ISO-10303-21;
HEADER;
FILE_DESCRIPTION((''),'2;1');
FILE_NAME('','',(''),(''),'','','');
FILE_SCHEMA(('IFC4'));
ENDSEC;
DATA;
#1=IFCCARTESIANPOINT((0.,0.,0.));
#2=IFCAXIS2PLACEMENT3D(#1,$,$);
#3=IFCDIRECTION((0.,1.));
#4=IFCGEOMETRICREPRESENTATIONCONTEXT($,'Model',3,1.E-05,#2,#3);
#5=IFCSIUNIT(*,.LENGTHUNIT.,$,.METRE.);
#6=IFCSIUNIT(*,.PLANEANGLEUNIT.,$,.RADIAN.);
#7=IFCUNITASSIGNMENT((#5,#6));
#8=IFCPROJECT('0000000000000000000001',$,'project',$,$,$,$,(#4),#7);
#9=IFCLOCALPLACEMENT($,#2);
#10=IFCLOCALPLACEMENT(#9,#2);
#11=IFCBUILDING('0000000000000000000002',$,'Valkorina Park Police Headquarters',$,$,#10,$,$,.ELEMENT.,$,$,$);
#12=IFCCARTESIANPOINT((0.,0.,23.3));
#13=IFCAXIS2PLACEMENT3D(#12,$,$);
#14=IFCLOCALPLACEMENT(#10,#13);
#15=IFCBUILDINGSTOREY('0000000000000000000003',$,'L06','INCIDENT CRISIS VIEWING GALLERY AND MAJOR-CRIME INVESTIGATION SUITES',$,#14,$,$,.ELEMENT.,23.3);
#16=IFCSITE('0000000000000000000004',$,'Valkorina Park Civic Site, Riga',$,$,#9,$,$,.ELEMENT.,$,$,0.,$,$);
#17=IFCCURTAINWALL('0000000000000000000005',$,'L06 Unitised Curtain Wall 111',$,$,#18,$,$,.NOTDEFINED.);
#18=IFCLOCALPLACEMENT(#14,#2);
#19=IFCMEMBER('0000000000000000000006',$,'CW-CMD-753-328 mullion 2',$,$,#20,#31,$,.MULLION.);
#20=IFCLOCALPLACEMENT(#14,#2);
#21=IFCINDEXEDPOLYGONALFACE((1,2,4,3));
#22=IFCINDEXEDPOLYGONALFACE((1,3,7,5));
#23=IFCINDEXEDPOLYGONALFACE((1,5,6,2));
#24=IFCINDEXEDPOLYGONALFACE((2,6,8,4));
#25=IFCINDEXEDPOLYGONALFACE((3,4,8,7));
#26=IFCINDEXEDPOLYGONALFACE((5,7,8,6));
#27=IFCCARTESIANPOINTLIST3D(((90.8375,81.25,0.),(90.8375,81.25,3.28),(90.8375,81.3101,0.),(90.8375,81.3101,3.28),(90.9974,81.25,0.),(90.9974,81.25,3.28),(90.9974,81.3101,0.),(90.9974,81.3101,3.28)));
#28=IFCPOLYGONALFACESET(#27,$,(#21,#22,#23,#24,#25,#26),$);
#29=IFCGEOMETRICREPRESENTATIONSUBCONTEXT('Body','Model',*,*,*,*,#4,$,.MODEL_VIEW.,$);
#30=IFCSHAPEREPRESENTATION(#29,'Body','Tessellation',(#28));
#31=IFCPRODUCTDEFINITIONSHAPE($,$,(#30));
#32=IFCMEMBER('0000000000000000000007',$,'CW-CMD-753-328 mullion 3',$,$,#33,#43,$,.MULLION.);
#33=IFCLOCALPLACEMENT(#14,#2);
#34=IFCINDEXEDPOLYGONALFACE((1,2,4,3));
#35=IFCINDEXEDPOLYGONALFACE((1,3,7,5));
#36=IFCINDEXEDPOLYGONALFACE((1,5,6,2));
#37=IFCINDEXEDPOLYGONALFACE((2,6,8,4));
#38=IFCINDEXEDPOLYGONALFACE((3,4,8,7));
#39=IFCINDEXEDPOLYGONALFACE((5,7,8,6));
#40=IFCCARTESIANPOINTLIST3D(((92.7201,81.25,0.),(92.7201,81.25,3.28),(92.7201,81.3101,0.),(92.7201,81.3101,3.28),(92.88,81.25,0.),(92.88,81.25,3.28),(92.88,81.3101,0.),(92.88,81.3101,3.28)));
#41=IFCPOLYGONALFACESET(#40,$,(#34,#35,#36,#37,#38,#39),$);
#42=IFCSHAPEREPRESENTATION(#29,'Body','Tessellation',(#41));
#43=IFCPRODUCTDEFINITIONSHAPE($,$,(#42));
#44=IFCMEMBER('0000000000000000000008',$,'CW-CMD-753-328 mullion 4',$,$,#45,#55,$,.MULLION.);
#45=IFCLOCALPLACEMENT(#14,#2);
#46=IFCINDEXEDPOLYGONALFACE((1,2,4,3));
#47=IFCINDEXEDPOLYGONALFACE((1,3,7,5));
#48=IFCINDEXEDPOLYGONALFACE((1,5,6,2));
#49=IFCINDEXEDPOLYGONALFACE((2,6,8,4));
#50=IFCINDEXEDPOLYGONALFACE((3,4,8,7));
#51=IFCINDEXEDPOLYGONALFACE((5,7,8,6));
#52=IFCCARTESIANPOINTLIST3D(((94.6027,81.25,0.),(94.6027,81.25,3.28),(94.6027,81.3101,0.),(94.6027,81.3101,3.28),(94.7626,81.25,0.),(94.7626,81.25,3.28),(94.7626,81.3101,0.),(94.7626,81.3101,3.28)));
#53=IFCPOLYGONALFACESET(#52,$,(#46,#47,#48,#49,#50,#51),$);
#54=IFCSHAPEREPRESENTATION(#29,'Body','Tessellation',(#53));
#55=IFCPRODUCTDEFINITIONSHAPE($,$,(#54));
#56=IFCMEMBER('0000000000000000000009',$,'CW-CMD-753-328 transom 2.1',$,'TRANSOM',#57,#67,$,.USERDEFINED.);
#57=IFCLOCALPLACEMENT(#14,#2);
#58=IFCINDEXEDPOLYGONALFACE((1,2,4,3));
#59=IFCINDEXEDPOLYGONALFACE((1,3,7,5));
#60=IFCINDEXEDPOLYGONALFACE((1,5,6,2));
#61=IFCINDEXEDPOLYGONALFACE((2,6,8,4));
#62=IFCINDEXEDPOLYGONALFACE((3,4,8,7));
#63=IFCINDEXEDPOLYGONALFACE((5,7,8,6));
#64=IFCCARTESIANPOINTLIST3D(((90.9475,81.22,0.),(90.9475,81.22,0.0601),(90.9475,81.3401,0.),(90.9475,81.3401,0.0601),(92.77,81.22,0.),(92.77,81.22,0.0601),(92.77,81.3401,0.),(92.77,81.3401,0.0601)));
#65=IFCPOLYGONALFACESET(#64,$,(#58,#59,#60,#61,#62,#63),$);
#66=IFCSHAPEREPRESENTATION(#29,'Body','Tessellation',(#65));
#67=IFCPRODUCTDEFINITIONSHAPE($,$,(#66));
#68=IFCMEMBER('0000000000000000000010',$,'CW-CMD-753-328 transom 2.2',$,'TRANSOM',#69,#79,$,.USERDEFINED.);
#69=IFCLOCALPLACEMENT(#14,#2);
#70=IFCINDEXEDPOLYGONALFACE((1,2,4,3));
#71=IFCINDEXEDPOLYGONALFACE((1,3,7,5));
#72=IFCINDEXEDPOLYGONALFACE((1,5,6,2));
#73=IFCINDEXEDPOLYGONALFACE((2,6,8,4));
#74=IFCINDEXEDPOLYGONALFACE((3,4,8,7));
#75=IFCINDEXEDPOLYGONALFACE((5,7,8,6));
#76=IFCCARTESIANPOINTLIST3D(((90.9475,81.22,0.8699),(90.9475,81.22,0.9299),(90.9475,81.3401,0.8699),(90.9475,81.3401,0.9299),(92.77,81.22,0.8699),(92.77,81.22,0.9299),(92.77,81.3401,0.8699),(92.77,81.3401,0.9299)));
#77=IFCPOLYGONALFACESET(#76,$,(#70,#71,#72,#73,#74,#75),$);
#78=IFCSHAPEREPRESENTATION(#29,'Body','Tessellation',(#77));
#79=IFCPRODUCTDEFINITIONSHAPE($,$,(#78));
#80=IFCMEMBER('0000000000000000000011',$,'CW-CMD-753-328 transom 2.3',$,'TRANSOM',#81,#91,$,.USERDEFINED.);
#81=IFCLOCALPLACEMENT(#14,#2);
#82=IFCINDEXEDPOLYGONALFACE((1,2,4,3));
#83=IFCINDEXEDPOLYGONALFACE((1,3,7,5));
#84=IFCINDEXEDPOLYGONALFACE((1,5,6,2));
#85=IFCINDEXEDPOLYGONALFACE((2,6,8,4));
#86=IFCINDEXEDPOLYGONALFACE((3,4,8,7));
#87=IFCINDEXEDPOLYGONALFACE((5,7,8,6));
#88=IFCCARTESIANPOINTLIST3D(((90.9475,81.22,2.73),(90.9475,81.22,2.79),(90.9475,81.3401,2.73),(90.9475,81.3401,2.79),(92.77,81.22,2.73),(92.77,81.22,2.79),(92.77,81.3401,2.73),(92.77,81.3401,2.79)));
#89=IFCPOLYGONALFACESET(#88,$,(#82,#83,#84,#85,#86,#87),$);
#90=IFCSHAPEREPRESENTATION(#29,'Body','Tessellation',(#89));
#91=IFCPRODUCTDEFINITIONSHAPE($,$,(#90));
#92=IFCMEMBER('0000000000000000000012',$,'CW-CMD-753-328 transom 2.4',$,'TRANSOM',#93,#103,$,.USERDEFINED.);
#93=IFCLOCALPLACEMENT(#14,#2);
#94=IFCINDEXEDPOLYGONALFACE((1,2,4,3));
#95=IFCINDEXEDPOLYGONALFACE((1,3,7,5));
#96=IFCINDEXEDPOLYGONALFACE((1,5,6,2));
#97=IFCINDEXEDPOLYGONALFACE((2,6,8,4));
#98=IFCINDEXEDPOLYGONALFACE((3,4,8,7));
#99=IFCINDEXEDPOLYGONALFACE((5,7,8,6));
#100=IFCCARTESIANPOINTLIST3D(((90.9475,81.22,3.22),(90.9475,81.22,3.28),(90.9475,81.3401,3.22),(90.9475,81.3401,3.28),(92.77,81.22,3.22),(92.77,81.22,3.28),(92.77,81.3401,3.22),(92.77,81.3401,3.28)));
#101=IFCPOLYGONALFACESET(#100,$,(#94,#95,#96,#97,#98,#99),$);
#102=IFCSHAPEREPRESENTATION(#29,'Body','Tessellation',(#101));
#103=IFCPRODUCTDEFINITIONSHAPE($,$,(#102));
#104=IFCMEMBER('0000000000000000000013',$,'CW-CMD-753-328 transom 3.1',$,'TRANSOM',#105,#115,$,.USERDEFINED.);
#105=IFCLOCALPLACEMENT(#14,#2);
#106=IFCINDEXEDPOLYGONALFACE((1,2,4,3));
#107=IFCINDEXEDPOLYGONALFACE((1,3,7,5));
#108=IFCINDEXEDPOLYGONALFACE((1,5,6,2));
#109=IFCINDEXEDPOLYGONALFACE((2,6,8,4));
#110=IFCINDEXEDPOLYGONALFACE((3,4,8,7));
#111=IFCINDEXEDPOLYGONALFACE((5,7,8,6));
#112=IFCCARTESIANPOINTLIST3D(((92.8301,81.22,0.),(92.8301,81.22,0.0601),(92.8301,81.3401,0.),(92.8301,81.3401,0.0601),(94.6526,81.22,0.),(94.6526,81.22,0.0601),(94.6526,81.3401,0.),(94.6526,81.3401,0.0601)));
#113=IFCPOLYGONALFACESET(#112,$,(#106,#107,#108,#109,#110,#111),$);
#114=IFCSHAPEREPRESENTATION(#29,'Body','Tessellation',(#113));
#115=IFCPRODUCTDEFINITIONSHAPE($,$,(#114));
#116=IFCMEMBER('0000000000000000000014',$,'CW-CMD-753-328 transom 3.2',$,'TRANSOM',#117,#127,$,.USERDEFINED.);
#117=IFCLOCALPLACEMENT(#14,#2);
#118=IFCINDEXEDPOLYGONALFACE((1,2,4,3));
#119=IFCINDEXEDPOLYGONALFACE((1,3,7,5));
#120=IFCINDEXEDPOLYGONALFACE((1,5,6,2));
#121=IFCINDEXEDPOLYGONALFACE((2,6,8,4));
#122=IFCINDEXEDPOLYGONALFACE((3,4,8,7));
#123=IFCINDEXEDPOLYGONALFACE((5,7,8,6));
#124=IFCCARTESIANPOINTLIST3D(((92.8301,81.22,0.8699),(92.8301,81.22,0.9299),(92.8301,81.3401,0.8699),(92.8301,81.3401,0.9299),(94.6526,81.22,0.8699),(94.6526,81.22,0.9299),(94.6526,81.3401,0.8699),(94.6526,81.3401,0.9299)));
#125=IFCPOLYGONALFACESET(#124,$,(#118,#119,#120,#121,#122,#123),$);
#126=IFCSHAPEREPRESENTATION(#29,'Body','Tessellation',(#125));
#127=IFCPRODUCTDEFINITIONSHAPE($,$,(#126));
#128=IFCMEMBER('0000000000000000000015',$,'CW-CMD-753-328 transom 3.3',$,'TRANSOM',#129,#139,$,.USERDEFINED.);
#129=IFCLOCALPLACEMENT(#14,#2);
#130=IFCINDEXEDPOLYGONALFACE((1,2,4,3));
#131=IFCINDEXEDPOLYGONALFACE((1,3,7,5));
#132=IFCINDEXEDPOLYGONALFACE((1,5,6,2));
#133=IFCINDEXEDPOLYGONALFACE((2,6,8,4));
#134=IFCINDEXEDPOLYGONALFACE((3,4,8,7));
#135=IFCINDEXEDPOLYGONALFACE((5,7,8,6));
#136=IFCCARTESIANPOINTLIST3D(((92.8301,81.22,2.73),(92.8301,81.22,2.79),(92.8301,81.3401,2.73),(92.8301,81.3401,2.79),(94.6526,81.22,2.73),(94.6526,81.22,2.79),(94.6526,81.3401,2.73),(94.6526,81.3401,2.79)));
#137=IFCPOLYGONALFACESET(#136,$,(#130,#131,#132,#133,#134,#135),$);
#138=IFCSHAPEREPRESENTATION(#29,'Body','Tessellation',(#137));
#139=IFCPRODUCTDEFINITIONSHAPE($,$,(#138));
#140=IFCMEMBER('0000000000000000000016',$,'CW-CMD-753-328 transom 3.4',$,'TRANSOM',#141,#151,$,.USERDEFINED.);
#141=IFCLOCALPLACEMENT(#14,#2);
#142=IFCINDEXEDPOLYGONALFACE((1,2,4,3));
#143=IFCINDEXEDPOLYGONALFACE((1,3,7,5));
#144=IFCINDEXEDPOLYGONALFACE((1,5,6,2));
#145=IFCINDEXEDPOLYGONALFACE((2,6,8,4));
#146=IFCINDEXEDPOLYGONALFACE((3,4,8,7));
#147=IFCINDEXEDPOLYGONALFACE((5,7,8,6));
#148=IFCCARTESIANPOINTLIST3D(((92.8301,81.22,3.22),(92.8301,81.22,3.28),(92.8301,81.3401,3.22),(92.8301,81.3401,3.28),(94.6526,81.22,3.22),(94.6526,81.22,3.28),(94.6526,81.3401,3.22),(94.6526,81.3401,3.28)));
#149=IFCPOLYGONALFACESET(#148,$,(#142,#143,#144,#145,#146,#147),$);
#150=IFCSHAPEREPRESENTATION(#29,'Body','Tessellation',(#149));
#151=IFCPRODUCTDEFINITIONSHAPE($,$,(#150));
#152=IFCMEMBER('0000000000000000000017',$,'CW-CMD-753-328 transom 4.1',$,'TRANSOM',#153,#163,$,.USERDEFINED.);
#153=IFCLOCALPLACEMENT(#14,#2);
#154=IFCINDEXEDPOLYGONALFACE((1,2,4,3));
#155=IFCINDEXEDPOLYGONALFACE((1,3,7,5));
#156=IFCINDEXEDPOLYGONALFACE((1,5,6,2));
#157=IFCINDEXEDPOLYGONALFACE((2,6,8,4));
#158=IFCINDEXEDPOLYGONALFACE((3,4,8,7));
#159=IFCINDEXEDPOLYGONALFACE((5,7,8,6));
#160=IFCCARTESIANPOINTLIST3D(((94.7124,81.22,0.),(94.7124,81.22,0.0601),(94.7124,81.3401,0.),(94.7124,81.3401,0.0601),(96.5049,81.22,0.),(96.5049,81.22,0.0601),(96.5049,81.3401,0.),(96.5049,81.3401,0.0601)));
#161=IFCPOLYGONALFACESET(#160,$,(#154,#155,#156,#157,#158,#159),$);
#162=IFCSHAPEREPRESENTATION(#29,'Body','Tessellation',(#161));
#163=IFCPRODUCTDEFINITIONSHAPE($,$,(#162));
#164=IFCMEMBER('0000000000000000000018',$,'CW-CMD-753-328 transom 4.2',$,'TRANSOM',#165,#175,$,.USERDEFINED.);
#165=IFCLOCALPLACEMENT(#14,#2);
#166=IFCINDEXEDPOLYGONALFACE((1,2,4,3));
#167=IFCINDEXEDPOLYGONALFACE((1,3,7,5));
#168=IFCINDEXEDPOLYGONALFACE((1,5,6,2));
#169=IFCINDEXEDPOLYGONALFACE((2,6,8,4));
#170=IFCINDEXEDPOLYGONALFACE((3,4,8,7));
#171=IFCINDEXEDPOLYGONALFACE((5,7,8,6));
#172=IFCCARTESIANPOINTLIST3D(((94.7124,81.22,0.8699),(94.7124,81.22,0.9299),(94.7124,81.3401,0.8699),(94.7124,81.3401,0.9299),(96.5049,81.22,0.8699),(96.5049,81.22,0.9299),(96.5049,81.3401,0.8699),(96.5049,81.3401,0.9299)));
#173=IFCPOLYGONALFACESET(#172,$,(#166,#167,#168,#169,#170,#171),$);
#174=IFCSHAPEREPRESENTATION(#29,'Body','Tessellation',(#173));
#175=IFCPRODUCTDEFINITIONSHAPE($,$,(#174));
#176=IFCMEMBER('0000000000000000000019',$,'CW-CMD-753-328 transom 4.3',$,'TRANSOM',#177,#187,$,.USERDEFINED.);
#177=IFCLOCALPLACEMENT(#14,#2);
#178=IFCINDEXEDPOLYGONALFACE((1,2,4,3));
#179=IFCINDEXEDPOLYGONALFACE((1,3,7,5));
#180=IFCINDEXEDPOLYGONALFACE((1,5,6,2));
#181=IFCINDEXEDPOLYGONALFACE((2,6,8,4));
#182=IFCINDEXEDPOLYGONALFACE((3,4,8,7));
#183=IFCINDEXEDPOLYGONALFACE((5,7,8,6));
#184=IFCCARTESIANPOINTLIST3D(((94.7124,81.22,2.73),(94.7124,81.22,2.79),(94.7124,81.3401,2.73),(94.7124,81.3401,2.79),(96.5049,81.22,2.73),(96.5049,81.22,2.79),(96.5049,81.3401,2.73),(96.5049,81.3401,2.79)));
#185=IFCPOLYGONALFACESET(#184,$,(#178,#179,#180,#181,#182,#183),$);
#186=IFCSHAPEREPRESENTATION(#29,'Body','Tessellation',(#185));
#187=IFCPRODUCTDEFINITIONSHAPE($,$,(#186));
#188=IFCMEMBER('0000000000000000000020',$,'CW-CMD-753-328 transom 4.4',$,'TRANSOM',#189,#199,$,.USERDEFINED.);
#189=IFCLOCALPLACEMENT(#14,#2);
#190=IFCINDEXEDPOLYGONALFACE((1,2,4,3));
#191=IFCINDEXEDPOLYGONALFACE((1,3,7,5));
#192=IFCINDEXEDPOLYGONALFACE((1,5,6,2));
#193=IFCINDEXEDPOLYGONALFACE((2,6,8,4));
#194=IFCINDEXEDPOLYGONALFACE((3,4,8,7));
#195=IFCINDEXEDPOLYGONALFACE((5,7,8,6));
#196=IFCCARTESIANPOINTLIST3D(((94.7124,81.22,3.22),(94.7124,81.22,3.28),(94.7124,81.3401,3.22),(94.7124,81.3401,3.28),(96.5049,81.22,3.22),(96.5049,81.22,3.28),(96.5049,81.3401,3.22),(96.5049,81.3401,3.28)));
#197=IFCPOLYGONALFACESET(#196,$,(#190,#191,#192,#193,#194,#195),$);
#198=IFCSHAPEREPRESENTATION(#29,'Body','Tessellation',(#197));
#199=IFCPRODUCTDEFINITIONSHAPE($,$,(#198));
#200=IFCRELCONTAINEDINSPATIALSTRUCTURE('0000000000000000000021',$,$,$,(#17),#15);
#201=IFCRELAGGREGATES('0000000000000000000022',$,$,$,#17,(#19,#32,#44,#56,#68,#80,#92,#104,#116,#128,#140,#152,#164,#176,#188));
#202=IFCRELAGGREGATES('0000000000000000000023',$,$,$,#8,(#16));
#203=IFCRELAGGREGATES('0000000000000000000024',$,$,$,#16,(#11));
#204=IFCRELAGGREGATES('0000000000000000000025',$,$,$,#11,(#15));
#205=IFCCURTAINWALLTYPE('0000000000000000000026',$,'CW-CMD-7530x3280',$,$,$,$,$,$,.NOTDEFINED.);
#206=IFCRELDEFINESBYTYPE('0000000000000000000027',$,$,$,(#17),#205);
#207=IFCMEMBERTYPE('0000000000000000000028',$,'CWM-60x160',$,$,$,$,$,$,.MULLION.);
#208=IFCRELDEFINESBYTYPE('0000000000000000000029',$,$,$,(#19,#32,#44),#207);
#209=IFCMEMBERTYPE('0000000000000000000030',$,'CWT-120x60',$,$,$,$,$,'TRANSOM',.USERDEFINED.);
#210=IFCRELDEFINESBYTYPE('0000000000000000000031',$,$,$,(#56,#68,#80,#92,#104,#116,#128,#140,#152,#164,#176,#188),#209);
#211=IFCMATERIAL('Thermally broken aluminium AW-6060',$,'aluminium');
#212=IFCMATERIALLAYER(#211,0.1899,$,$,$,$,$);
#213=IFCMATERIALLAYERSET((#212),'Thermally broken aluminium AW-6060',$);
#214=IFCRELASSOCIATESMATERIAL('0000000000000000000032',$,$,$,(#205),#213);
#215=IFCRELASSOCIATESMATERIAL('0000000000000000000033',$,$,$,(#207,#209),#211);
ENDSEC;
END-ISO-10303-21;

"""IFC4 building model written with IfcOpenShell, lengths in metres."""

from ifc_helpers import new_model, si_unit, direction, frame, origin, origin_2d, place, context, subcontext, project, spatial, rectangle, extrude, material, layer, layer_set, material_profile, profile_set, type_object, element, aggregate, save


model = new_model("IFC4")

# Units and contexts
model_context = context("Model", 3, precision=1e-05, world=origin(), true_north=direction((0.0, 1.0)))
body_context = subcontext(model_context, "Body", "Model", "MODEL_VIEW")
ifc_project = project(units=[si_unit("LENGTHUNIT", "METRE"), si_unit("PLANEANGLEUNIT", "RADIAN")], contexts=[model_context])

# Site, building, storey
site_placement = place(None, origin())
site = spatial("IfcSite", under=ifc_project, at=site_placement, Name="Valkorina Park Civic Site, Riga", CompositionType="ELEMENT", RefElevation=0.0)
building_placement = place(site_placement, origin())
building = spatial("IfcBuilding", under=site, at=building_placement, Name="Valkorina Park Police Headquarters", CompositionType="ELEMENT")
storey_placement = place(building_placement, frame((0.0, 0.0, 23.3)))
storey = spatial("IfcBuildingStorey", under=building, at=storey_placement, Name="L06", Description="INCIDENT CRISIS VIEWING GALLERY AND MAJOR-CRIME INVESTIGATION SUITES", CompositionType="ELEMENT", Elevation=23.3)

# Curtain wall, members
ifc_material_1 = material(Name="Thermally broken aluminium AW-6060", Category="aluminium")
ifc_layer_1 = layer(ifc_material_1, 0.1899)
ifc_layer_set_1 = layer_set([ifc_layer_1], Name="Thermally broken aluminium AW-6060")
curtain_wall_type = type_object("IfcCurtainWallType", Name="CW-CMD-7530x3280", PredefinedType="NOTDEFINED", material=ifc_layer_set_1)
curtain_wall_placement = place(storey_placement, origin())
curtain_wall = element("IfcCurtainWall", 1, at=curtain_wall_placement, inside=storey, type_object=curtain_wall_type, Name="L06 Unitised Curtain Wall 111", PredefinedType="NOTDEFINED")
ifc_material_profile_1 = material_profile(ifc_material_1, rectangle(XDim=0.0601, YDim=0.1599, at=origin_2d()), Name="CWM-01 60x160")
ifc_profile_set_1 = profile_set([ifc_material_profile_1], Name="Thermally broken aluminium AW-6060")
member_type_1 = type_object("IfcMemberType", Name="CWM-60x160", PredefinedType="MULLION", material=ifc_profile_set_1)
member_1_placement = place(storey_placement, frame((90.9175, 81.28, 0.0), z_axis=(0.0, 0.0, 1.0), x_axis=(0.0, 1.0, 0.0)))
member_1 = element("IfcMember", 2, at=member_1_placement, type_object=member_type_1, Name="CW-CMD-753-328 mullion 2", PredefinedType="MULLION", context=body_context, shape_type="SweptSolid", body=[
    extrude(rectangle(XDim=0.0601, YDim=0.1599, at=origin_2d()), origin(), (0.0, 0.0, 1.0), 3.28),
])
member_2_placement = place(storey_placement, frame((92.8, 81.28, 0.0), z_axis=(0.0, 0.0, 1.0), x_axis=(0.0, 1.0, 0.0)))
member_2 = element("IfcMember", 3, at=member_2_placement, type_object=member_type_1, Name="CW-CMD-753-328 mullion 3", PredefinedType="MULLION", context=body_context, shape_type="SweptSolid", body=[
    extrude(rectangle(XDim=0.0601, YDim=0.1599, at=origin_2d()), origin(), (0.0, 0.0, 1.0), 3.28),
])
member_3_placement = place(storey_placement, frame((94.6826, 81.28, 0.0), z_axis=(0.0, 0.0, 1.0), x_axis=(0.0, 1.0, 0.0)))
member_3 = element("IfcMember", 4, at=member_3_placement, type_object=member_type_1, Name="CW-CMD-753-328 mullion 4", PredefinedType="MULLION", context=body_context, shape_type="SweptSolid", body=[
    extrude(rectangle(XDim=0.0601, YDim=0.1599, at=origin_2d()), origin(), (0.0, 0.0, 1.0), 3.28),
])
ifc_material_profile_2 = material_profile(ifc_material_1, rectangle(XDim=0.1201, YDim=0.0601, at=origin_2d()), Name="CWT-01 120x60")
ifc_profile_set_2 = profile_set([ifc_material_profile_2], Name="Thermally broken aluminium AW-6060")
member_type_2 = type_object("IfcMemberType", Name="CWT-120x60", ElementType="TRANSOM", PredefinedType="USERDEFINED", material=ifc_profile_set_2)
member_4_placement = place(storey_placement, frame((90.9475, 81.28, 0.03), z_axis=(1.0, 0.0, 0.0), x_axis=(0.0, 1.0, 0.0)))
member_4 = element("IfcMember", 5, at=member_4_placement, type_object=member_type_2, Name="CW-CMD-753-328 transom 2.1", ObjectType="TRANSOM", PredefinedType="USERDEFINED", context=body_context, shape_type="SweptSolid", body=[
    extrude(rectangle(XDim=0.1201, YDim=0.0601, at=origin_2d()), origin(), (0.0, 0.0, 1.0), 1.8225),
])
member_5_placement = place(storey_placement, frame((90.9475, 81.28, 0.8999), z_axis=(1.0, 0.0, 0.0), x_axis=(0.0, 1.0, 0.0)))
member_5 = element("IfcMember", 6, at=member_5_placement, type_object=member_type_2, Name="CW-CMD-753-328 transom 2.2", ObjectType="TRANSOM", PredefinedType="USERDEFINED", context=body_context, shape_type="SweptSolid", body=[
    extrude(rectangle(XDim=0.1201, YDim=0.0601, at=origin_2d()), origin(), (0.0, 0.0, 1.0), 1.8225),
])
member_6_placement = place(storey_placement, frame((90.9475, 81.28, 2.76), z_axis=(1.0, 0.0, 0.0), x_axis=(0.0, 1.0, 0.0)))
member_6 = element("IfcMember", 7, at=member_6_placement, type_object=member_type_2, Name="CW-CMD-753-328 transom 2.3", ObjectType="TRANSOM", PredefinedType="USERDEFINED", context=body_context, shape_type="SweptSolid", body=[
    extrude(rectangle(XDim=0.1201, YDim=0.0601, at=origin_2d()), origin(), (0.0, 0.0, 1.0), 1.8225),
])
member_7_placement = place(storey_placement, frame((90.9475, 81.28, 3.25), z_axis=(1.0, 0.0, 0.0), x_axis=(0.0, 1.0, 0.0)))
member_7 = element("IfcMember", 8, at=member_7_placement, type_object=member_type_2, Name="CW-CMD-753-328 transom 2.4", ObjectType="TRANSOM", PredefinedType="USERDEFINED", context=body_context, shape_type="SweptSolid", body=[
    extrude(rectangle(XDim=0.1201, YDim=0.0601, at=origin_2d()), origin(), (0.0, 0.0, 1.0), 1.8225),
])
member_8_placement = place(storey_placement, frame((92.8301, 81.28, 0.03), z_axis=(1.0, 0.0, 0.0), x_axis=(0.0, 1.0, 0.0)))
member_8 = element("IfcMember", 9, at=member_8_placement, type_object=member_type_2, Name="CW-CMD-753-328 transom 3.1", ObjectType="TRANSOM", PredefinedType="USERDEFINED", context=body_context, shape_type="SweptSolid", body=[
    extrude(rectangle(XDim=0.1201, YDim=0.0601, at=origin_2d()), origin(), (0.0, 0.0, 1.0), 1.8225),
])
member_9_placement = place(storey_placement, frame((92.8301, 81.28, 0.8999), z_axis=(1.0, 0.0, 0.0), x_axis=(0.0, 1.0, 0.0)))
member_9 = element("IfcMember", 10, at=member_9_placement, type_object=member_type_2, Name="CW-CMD-753-328 transom 3.2", ObjectType="TRANSOM", PredefinedType="USERDEFINED", context=body_context, shape_type="SweptSolid", body=[
    extrude(rectangle(XDim=0.1201, YDim=0.0601, at=origin_2d()), origin(), (0.0, 0.0, 1.0), 1.8225),
])
member_10_placement = place(storey_placement, frame((92.8301, 81.28, 2.76), z_axis=(1.0, 0.0, 0.0), x_axis=(0.0, 1.0, 0.0)))
member_10 = element("IfcMember", 11, at=member_10_placement, type_object=member_type_2, Name="CW-CMD-753-328 transom 3.3", ObjectType="TRANSOM", PredefinedType="USERDEFINED", context=body_context, shape_type="SweptSolid", body=[
    extrude(rectangle(XDim=0.1201, YDim=0.0601, at=origin_2d()), origin(), (0.0, 0.0, 1.0), 1.8225),
])
member_11_placement = place(storey_placement, frame((92.8301, 81.28, 3.25), z_axis=(1.0, 0.0, 0.0), x_axis=(0.0, 1.0, 0.0)))
member_11 = element("IfcMember", 12, at=member_11_placement, type_object=member_type_2, Name="CW-CMD-753-328 transom 3.4", ObjectType="TRANSOM", PredefinedType="USERDEFINED", context=body_context, shape_type="SweptSolid", body=[
    extrude(rectangle(XDim=0.1201, YDim=0.0601, at=origin_2d()), origin(), (0.0, 0.0, 1.0), 1.8225),
])
member_12_placement = place(storey_placement, frame((94.7124, 81.28, 0.03), z_axis=(1.0, 0.0, 0.0), x_axis=(0.0, 1.0, 0.0)))
member_12 = element("IfcMember", 13, at=member_12_placement, type_object=member_type_2, Name="CW-CMD-753-328 transom 4.1", ObjectType="TRANSOM", PredefinedType="USERDEFINED", context=body_context, shape_type="SweptSolid", body=[
    extrude(rectangle(XDim=0.1201, YDim=0.0601, at=origin_2d()), origin(), (0.0, 0.0, 1.0), 1.7925),
])
member_13_placement = place(storey_placement, frame((94.7124, 81.28, 0.8999), z_axis=(1.0, 0.0, 0.0), x_axis=(0.0, 1.0, 0.0)))
member_13 = element("IfcMember", 14, at=member_13_placement, type_object=member_type_2, Name="CW-CMD-753-328 transom 4.2", ObjectType="TRANSOM", PredefinedType="USERDEFINED", context=body_context, shape_type="SweptSolid", body=[
    extrude(rectangle(XDim=0.1201, YDim=0.0601, at=origin_2d()), origin(), (0.0, 0.0, 1.0), 1.7925),
])
member_14_placement = place(storey_placement, frame((94.7124, 81.28, 2.76), z_axis=(1.0, 0.0, 0.0), x_axis=(0.0, 1.0, 0.0)))
member_14 = element("IfcMember", 15, at=member_14_placement, type_object=member_type_2, Name="CW-CMD-753-328 transom 4.3", ObjectType="TRANSOM", PredefinedType="USERDEFINED", context=body_context, shape_type="SweptSolid", body=[
    extrude(rectangle(XDim=0.1201, YDim=0.0601, at=origin_2d()), origin(), (0.0, 0.0, 1.0), 1.7925),
])
member_15_placement = place(storey_placement, frame((94.7124, 81.28, 3.25), z_axis=(1.0, 0.0, 0.0), x_axis=(0.0, 1.0, 0.0)))
member_15 = element("IfcMember", 16, at=member_15_placement, type_object=member_type_2, Name="CW-CMD-753-328 transom 4.4", ObjectType="TRANSOM", PredefinedType="USERDEFINED", context=body_context, shape_type="SweptSolid", body=[
    extrude(rectangle(XDim=0.1201, YDim=0.0601, at=origin_2d()), origin(), (0.0, 0.0, 1.0), 1.7925),
])
aggregate(curtain_wall, [member_1, member_2, member_3, member_4, member_5, member_6, member_7, member_8, member_9, member_10, member_11, member_12, member_13, member_14, member_15])

save(model, "model.ifc")
